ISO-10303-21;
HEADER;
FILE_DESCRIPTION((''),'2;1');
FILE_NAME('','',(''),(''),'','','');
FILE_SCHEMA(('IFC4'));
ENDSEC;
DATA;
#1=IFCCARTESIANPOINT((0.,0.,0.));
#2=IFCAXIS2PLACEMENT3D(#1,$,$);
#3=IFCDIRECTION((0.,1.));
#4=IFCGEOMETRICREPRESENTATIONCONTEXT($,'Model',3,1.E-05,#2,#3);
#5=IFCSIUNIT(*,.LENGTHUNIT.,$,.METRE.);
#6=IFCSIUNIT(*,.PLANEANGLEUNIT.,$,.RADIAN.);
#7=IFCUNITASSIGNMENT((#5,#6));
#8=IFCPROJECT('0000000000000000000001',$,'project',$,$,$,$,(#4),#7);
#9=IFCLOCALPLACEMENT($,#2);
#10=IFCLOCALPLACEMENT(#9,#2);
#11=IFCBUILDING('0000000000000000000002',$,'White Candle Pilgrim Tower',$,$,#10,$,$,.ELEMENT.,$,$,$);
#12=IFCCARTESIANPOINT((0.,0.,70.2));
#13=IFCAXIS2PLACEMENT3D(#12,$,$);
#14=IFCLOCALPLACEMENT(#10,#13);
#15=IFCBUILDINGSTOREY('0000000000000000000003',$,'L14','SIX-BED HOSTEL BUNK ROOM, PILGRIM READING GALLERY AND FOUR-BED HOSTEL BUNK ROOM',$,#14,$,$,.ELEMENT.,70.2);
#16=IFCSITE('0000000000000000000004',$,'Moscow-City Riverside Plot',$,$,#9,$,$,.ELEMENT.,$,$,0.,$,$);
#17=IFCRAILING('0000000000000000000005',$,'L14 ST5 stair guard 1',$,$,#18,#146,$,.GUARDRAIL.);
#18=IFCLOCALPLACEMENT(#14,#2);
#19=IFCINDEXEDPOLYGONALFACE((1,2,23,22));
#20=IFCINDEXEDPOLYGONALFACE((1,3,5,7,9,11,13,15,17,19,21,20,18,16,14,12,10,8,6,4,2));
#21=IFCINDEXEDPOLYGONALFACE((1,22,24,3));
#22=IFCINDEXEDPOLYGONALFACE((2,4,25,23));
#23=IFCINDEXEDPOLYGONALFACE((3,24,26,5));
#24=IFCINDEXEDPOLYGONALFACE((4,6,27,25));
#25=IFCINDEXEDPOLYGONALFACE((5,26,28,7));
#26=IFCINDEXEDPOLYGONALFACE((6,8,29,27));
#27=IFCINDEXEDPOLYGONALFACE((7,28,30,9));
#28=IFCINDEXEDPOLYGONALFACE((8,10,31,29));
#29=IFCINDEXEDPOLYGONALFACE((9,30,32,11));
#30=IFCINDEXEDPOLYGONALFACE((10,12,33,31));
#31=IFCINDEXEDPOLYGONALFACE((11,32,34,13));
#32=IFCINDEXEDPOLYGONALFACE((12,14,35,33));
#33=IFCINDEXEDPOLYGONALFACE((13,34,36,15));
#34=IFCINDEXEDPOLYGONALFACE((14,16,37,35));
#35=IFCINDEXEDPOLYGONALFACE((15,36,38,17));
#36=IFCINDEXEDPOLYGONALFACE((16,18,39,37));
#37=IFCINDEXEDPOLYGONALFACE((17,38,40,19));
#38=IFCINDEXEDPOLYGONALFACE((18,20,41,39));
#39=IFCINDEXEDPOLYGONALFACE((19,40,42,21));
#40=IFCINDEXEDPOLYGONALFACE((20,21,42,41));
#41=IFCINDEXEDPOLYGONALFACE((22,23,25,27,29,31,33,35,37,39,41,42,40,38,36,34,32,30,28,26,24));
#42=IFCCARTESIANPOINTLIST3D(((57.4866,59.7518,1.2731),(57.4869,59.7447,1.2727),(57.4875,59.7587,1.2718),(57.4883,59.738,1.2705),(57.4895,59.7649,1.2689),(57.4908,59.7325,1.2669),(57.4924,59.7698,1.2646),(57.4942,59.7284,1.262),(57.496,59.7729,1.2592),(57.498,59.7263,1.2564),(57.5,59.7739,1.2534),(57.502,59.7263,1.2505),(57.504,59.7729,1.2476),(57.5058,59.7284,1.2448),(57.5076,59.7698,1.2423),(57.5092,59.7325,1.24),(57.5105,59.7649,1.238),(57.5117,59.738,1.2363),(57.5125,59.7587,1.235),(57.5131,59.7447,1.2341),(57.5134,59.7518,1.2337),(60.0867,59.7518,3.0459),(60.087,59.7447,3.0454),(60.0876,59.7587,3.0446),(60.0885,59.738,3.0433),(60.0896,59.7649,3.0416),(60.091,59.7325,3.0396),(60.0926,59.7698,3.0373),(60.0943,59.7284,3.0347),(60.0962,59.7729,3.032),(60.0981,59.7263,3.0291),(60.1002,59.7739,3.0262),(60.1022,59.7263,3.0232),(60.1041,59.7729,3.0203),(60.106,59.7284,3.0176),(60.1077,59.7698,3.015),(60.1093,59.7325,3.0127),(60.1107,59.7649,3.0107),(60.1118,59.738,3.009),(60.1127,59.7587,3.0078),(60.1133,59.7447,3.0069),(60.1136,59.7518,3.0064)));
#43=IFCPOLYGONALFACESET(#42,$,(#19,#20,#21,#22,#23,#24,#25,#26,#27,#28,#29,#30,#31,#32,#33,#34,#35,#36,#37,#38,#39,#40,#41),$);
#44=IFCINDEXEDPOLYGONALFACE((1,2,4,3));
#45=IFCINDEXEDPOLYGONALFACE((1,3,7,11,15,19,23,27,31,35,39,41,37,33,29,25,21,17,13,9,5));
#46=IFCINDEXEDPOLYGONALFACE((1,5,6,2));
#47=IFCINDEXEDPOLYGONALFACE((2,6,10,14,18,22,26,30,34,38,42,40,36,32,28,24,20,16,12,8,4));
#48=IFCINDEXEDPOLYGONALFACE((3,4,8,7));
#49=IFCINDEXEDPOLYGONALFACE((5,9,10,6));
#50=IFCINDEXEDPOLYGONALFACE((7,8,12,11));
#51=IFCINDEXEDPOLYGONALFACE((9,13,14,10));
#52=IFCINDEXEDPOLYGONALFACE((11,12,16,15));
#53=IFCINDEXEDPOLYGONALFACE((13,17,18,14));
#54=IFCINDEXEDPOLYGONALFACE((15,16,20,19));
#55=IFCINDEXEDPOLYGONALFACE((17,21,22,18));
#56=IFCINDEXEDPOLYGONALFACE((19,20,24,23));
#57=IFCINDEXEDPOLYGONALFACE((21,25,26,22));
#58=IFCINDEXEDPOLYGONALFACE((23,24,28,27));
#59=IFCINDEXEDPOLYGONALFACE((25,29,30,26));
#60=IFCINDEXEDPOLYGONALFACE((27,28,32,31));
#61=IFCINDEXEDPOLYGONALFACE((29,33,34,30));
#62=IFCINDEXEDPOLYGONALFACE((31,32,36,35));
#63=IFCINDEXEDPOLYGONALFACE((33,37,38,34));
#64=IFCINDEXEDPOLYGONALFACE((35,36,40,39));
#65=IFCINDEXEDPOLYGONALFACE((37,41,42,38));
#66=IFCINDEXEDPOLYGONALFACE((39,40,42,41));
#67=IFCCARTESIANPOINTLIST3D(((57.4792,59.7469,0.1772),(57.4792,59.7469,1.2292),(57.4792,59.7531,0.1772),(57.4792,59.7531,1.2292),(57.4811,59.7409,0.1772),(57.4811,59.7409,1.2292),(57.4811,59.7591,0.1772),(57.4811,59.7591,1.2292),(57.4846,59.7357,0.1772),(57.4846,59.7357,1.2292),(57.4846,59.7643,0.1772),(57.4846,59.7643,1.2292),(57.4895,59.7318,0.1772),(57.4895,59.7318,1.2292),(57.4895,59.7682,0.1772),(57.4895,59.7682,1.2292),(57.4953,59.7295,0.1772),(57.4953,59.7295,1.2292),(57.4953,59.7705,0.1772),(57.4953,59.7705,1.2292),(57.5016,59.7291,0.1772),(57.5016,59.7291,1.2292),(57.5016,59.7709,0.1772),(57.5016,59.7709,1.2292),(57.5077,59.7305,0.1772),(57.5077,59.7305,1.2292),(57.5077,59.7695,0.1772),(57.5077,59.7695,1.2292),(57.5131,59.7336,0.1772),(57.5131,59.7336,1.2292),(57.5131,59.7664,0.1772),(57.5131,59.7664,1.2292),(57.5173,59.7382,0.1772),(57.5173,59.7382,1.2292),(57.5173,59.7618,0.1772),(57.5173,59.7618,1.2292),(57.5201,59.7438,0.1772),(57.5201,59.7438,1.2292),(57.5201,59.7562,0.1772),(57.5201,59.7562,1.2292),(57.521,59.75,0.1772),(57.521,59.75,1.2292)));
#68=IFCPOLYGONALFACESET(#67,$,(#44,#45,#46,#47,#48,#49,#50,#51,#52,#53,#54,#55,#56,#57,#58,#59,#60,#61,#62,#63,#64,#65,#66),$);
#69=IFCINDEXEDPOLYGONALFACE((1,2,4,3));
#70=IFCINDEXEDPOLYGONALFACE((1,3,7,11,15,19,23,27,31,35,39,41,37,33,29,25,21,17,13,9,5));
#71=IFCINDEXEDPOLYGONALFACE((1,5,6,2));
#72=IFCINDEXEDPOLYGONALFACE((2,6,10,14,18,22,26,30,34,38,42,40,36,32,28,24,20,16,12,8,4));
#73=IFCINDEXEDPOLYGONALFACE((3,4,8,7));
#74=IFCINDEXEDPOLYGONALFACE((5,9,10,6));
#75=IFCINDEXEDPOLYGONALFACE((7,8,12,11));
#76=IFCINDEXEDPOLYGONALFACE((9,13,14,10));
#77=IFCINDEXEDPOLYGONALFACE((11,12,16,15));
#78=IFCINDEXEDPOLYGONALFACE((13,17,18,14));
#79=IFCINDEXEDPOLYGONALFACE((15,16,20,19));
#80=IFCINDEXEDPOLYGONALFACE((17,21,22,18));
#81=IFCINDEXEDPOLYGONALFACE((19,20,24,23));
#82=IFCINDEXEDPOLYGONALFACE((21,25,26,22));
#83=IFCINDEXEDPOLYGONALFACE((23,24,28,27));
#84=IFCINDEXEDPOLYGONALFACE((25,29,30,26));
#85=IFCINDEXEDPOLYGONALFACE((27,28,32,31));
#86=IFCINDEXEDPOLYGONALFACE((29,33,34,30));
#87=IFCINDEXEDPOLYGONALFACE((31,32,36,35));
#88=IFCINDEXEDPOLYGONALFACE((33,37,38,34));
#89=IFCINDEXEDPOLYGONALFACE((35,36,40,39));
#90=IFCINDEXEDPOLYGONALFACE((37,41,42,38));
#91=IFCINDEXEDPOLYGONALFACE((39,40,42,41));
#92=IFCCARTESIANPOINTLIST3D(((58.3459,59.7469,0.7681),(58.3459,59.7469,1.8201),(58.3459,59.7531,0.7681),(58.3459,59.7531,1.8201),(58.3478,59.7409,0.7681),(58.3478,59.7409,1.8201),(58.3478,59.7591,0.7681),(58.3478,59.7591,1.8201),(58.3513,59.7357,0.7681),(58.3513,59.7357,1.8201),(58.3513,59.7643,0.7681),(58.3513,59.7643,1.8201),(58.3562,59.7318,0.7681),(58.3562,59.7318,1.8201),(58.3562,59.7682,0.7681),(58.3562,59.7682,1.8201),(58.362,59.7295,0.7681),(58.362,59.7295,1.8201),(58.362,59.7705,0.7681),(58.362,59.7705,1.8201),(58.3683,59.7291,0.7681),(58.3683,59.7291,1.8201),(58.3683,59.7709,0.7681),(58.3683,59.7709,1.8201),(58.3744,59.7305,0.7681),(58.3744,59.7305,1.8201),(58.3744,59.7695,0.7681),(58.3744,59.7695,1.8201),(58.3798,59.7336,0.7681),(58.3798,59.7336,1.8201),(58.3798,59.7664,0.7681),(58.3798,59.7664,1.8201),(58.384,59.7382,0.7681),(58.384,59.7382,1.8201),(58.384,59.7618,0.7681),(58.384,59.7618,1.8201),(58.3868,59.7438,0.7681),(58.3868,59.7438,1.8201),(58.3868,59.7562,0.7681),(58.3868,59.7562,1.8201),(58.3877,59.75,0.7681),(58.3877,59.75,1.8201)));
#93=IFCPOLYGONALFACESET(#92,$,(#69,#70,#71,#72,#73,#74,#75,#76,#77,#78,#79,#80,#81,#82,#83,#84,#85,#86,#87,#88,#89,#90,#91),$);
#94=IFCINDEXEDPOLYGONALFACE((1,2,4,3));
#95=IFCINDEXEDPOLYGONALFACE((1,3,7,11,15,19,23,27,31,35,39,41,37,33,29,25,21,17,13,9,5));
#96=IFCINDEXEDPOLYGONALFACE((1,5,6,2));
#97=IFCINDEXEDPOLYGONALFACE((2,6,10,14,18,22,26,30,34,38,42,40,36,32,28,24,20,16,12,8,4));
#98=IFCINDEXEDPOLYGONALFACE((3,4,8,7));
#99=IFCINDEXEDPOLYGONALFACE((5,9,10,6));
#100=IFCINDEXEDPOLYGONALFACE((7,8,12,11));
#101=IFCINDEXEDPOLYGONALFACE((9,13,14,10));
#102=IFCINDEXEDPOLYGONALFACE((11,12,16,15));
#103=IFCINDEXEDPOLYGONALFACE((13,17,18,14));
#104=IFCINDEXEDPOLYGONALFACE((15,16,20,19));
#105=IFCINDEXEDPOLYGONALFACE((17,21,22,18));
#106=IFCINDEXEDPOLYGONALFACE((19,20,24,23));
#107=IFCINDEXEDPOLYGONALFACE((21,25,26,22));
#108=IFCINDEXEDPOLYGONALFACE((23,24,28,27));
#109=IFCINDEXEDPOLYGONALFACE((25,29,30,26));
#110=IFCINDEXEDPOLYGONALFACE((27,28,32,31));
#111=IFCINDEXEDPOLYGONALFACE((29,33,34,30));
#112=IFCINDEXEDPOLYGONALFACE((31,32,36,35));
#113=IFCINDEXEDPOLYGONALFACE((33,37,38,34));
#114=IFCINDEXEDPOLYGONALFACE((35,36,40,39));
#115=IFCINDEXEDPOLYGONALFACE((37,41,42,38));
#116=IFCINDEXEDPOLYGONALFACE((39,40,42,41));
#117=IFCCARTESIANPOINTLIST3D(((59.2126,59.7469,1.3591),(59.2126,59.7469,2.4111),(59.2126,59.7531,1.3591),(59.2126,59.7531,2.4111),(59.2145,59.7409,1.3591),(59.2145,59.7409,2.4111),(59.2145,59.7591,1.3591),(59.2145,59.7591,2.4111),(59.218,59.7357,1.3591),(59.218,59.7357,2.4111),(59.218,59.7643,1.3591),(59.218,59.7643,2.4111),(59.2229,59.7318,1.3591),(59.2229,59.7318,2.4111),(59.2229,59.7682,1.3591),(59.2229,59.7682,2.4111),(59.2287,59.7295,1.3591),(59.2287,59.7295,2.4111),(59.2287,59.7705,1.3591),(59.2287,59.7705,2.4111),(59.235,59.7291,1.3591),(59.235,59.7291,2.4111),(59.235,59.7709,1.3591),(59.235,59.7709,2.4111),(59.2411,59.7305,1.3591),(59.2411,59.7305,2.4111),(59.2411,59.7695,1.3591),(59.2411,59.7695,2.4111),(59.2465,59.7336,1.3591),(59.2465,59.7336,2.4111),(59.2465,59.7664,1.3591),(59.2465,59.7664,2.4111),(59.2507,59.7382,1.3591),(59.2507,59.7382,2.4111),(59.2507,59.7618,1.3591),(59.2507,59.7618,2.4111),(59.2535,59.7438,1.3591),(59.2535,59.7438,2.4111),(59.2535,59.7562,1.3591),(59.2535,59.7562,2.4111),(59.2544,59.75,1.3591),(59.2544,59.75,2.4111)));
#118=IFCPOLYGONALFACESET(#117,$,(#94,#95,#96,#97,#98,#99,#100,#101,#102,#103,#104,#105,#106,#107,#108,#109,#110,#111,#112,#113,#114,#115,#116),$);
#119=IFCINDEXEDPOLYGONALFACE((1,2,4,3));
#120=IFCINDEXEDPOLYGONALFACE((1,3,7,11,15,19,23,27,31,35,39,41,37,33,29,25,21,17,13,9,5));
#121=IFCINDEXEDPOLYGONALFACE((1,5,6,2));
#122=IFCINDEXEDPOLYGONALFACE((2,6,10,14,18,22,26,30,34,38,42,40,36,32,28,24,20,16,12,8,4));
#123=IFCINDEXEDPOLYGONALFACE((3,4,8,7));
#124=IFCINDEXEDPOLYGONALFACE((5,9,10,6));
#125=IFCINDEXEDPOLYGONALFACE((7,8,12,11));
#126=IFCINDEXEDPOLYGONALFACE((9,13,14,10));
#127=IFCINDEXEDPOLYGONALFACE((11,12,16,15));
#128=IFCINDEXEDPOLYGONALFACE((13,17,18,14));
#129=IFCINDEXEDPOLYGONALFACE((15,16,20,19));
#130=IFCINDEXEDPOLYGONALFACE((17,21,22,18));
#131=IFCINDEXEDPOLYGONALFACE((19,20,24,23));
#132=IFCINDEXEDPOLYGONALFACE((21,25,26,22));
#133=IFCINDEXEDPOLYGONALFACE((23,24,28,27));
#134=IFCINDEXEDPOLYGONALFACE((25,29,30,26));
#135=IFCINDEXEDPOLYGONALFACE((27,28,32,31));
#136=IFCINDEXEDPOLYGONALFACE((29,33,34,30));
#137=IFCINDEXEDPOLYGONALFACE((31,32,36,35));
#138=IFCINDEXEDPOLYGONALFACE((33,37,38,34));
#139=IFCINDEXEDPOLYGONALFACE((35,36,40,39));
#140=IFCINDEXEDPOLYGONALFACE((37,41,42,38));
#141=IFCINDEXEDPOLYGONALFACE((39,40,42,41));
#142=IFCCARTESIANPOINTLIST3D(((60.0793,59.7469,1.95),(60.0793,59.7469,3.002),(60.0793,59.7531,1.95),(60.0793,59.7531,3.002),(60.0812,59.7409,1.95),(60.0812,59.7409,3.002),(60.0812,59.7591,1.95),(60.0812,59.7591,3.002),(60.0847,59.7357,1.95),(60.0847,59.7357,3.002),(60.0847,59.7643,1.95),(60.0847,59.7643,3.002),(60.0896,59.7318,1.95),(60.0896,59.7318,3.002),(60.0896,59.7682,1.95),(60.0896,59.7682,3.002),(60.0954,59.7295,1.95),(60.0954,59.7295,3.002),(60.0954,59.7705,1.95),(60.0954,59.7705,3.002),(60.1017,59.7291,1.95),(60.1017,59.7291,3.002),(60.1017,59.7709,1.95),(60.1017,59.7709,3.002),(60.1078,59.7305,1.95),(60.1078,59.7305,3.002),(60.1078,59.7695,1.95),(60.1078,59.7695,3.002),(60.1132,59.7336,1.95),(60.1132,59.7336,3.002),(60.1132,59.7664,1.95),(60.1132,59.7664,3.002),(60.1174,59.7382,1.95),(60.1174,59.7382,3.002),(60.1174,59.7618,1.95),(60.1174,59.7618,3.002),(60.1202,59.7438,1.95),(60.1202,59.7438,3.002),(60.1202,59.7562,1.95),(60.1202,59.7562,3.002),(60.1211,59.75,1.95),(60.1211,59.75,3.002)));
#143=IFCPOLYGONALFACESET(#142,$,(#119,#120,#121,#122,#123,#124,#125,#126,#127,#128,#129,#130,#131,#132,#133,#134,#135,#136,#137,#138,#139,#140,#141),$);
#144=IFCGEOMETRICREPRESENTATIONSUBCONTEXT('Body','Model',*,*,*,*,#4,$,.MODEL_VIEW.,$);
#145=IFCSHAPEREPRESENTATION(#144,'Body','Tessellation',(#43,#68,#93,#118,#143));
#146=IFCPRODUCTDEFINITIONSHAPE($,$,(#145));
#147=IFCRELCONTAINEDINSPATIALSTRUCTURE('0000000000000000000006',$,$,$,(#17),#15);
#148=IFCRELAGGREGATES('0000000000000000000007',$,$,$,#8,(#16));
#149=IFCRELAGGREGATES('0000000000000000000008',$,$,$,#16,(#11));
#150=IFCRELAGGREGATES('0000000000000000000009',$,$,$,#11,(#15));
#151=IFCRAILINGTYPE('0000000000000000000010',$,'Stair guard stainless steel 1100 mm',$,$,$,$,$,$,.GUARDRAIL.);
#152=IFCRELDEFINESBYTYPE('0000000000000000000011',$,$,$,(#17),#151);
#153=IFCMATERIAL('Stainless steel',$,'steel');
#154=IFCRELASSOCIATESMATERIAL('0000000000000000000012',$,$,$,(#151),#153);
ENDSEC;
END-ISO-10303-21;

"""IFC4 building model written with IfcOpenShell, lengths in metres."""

from ifc_helpers import new_model, si_unit, direction, frame, origin, origin_2d, place, context, subcontext, project, spatial, circle, extrude, material, type_object, element, save


model = new_model("IFC4")

# Units and contexts
model_context = context("Model", 3, precision=1e-05, world=origin(), true_north=direction((0.0, 1.0)))
body_context = subcontext(model_context, "Body", "Model", "MODEL_VIEW")
ifc_project = project(units=[si_unit("LENGTHUNIT", "METRE"), si_unit("PLANEANGLEUNIT", "RADIAN")], contexts=[model_context])

# Site, building, storey
site_placement = place(None, origin())
site = spatial("IfcSite", under=ifc_project, at=site_placement, Name="Moscow-City Riverside Plot", CompositionType="ELEMENT", RefElevation=0.0)
building_placement = place(site_placement, origin())
building = spatial("IfcBuilding", under=site, at=building_placement, Name="White Candle Pilgrim Tower", CompositionType="ELEMENT")
storey_placement = place(building_placement, frame((0.0, 0.0, 70.2)))
storey = spatial("IfcBuildingStorey", under=building, at=storey_placement, Name="L14", Description="SIX-BED HOSTEL BUNK ROOM, PILGRIM READING GALLERY AND FOUR-BED HOSTEL BUNK ROOM", CompositionType="ELEMENT", Elevation=70.2)

# Railing
ifc_material_1 = material(Name="Stainless steel", Category="steel")
railing_type_1 = type_object("IfcRailingType", Name="Stair guard stainless steel 1100 mm", PredefinedType="GUARDRAIL", material=ifc_material_1)
railing_1_placement = place(storey_placement, frame((57.5, 59.75, 0.1772)))
element("IfcRailing", 1, at=railing_1_placement, inside=storey, type_object=railing_type_1, Name="L14 ST5 stair guard 1", PredefinedType="GUARDRAIL", context=body_context, shape_type="SweptSolid", body=[
    extrude(circle(Radius=0.0239, at=origin_2d()), frame((0.0, 0.0, 1.0762), z_axis=(0.82624, 0.0, 0.563318), x_axis=(0.0, 1.0, 0.0)), (0.0, 0.0, 1.0), 3.147),
    extrude(circle(Radius=0.021, at=origin_2d()), origin(), (0.0, 0.0, 1.0), 1.052),
    extrude(circle(Radius=0.021, at=origin_2d()), frame((0.8667, 0.0, 0.5908)), (0.0, 0.0, 1.0), 1.052),
    extrude(circle(Radius=0.021, at=origin_2d()), frame((1.7334, 0.0, 1.1819)), (0.0, 0.0, 1.0), 1.052),
    extrude(circle(Radius=0.021, at=origin_2d()), frame((2.6001, 0.0, 1.7727)), (0.0, 0.0, 1.0), 1.052),
])

save(model, "model.ifc")
